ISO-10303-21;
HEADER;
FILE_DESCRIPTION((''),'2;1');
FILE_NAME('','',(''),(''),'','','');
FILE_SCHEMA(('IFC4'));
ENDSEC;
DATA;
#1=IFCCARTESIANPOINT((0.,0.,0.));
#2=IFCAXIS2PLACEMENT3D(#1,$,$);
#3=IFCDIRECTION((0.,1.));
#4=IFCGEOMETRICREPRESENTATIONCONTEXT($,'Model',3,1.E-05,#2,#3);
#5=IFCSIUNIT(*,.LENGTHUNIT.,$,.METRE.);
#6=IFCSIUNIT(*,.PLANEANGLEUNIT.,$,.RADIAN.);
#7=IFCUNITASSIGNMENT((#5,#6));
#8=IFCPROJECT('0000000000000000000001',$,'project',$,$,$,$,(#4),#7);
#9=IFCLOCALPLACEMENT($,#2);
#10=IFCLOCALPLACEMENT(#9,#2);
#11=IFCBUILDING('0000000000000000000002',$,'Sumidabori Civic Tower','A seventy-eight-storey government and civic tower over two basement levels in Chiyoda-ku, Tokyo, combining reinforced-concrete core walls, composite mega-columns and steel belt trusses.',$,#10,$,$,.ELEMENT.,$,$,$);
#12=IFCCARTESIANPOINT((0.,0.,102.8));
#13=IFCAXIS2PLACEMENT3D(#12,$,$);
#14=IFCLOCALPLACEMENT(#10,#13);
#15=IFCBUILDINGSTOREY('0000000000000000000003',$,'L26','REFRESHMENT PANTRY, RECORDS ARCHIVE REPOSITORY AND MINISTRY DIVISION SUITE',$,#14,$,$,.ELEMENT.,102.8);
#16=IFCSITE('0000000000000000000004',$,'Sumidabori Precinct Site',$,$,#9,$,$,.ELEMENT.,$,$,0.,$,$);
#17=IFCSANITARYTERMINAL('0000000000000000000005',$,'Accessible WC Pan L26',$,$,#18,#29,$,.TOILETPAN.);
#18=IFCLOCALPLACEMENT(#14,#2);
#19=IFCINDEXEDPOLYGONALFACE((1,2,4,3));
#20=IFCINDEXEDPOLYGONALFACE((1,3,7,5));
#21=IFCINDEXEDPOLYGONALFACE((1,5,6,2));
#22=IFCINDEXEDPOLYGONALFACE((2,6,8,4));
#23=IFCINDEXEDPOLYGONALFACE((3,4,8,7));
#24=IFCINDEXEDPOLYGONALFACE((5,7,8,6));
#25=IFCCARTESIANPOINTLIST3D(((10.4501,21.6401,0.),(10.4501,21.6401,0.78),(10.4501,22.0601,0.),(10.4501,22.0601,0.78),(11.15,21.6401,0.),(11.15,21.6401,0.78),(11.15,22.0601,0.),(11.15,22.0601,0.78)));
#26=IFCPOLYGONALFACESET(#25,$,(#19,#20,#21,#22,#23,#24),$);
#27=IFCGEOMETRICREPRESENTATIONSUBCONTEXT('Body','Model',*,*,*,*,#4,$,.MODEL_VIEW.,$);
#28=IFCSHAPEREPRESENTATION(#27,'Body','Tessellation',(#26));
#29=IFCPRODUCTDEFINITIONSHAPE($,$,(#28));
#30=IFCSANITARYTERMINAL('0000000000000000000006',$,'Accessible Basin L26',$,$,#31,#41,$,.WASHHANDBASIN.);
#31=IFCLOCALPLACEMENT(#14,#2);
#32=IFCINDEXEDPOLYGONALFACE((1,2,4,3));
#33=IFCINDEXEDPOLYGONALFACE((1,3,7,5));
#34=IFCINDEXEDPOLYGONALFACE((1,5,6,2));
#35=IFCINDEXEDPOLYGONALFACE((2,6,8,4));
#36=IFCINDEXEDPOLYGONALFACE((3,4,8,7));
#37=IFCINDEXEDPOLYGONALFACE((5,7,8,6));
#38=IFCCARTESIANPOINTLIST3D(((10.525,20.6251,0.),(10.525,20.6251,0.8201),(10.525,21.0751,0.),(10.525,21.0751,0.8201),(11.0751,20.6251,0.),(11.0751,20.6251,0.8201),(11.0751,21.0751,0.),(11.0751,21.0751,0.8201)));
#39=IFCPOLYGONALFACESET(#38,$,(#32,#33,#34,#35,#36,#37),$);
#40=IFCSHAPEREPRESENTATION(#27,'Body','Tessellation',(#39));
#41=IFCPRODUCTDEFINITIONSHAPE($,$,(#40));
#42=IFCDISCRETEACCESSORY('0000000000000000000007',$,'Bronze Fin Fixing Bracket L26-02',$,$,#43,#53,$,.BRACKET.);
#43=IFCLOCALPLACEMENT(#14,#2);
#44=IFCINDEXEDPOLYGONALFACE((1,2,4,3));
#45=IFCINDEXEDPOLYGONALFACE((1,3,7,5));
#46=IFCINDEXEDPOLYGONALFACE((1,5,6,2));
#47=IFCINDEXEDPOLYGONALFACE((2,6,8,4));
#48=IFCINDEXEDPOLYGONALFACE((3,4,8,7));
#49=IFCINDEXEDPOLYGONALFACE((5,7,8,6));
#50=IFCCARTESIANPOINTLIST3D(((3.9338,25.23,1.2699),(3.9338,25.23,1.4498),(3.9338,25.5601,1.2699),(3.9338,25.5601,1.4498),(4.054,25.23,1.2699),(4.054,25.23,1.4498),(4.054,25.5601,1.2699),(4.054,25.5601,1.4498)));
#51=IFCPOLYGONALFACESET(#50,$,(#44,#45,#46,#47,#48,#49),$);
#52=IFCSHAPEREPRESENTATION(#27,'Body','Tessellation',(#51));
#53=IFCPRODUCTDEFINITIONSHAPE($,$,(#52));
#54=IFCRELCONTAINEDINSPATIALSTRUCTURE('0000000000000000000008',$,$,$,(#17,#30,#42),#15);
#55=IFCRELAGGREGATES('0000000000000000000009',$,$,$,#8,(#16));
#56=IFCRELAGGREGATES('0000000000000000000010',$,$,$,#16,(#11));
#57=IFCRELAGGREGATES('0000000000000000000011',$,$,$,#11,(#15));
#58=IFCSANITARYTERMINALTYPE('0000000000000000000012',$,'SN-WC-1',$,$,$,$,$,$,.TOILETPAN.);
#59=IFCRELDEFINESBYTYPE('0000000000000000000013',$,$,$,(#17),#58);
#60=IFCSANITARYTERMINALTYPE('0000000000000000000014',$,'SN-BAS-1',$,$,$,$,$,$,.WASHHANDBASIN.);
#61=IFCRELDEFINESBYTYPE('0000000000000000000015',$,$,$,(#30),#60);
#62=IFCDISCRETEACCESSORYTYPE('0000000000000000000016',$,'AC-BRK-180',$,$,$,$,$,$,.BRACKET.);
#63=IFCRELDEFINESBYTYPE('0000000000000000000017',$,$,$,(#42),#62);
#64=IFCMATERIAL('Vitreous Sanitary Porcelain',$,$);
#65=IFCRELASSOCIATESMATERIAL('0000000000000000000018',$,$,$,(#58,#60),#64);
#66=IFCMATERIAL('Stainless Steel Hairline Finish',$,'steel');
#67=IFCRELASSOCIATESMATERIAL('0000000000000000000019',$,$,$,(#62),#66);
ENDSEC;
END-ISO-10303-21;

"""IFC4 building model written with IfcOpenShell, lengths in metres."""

from ifc_helpers import new_model, si_unit, direction, frame, origin, origin_2d, place, context, subcontext, project, spatial, rectangle, extrude, source, transform, mapped, material, material_profile, profile_set, type_object, element, save


model = new_model("IFC4")

# Units and contexts
model_context = context("Model", 3, precision=1e-05, world=origin(), true_north=direction((0.0, 1.0)))
body_context = subcontext(model_context, "Body", "Model", "MODEL_VIEW")
ifc_project = project(units=[si_unit("LENGTHUNIT", "METRE"), si_unit("PLANEANGLEUNIT", "RADIAN")], contexts=[model_context])

# Site, building, storey
site_placement = place(None, origin())
site = spatial("IfcSite", under=ifc_project, at=site_placement, Name="Sumidabori Precinct Site", CompositionType="ELEMENT", RefElevation=0.0)
building_placement = place(site_placement, origin())
building = spatial("IfcBuilding", under=site, at=building_placement, Name="Sumidabori Civic Tower", Description="A seventy-eight-storey government and civic tower over two basement levels in Chiyoda-ku, Tokyo, combining reinforced-concrete core walls, composite mega-columns and steel belt trusses.", CompositionType="ELEMENT")
storey_placement = place(building_placement, frame((0.0, 0.0, 102.8)))
storey = spatial("IfcBuildingStorey", under=building, at=storey_placement, Name="L26", Description="REFRESHMENT PANTRY, RECORDS ARCHIVE REPOSITORY AND MINISTRY DIVISION SUITE", CompositionType="ELEMENT", Elevation=102.8)

# Shared definitions
ifc_material_1 = material(Name="Stainless Steel Hairline Finish", Category="steel")

# Sanitary terminals
ifc_material_2 = material(Name="Vitreous Sanitary Porcelain")
sanitary_terminal_type_1 = type_object("IfcSanitaryTerminalType", Name="SN-WC-1", PredefinedType="TOILETPAN", material=ifc_material_2)
shared_shape_1 = source(origin(), body_context, "Body", "SweptSolid", [
    extrude(rectangle(XDim=0.7, YDim=0.4199, at=origin_2d()), origin(), (0.0, 0.0, 1.0), 0.78),
])
sanitary_terminal_1_placement = place(storey_placement, frame((10.8, 21.8501, 0.0), z_axis=(0.0, 0.0, 1.0), x_axis=(1.0, 0.0, 0.0)))
element("IfcSanitaryTerminal", 1, at=sanitary_terminal_1_placement, inside=storey, type_object=sanitary_terminal_type_1, Name="Accessible WC Pan L26", PredefinedType="TOILETPAN", context=body_context, shape_type="MappedRepresentation", body=[
    mapped(shared_shape_1, transform((0.0, 0.0, 0.0), x_axis=(1.0, 0.0, 0.0), y_axis=(0.0, 1.0, 0.0), z_axis=(0.0, 0.0, 1.0), scale=1.0)),
])
sanitary_terminal_type_2 = type_object("IfcSanitaryTerminalType", Name="SN-BAS-1", PredefinedType="WASHHANDBASIN", material=ifc_material_2)
shared_shape_2 = source(origin(), body_context, "Body", "SweptSolid", [
    extrude(rectangle(XDim=0.55, YDim=0.45, at=origin_2d()), origin(), (0.0, 0.0, 1.0), 0.8201),
])
sanitary_terminal_2_placement = place(storey_placement, frame((10.8, 20.8501, 0.0), z_axis=(0.0, 0.0, 1.0), x_axis=(1.0, 0.0, 0.0)))
element("IfcSanitaryTerminal", 2, at=sanitary_terminal_2_placement, inside=storey, type_object=sanitary_terminal_type_2, Name="Accessible Basin L26", PredefinedType="WASHHANDBASIN", context=body_context, shape_type="MappedRepresentation", body=[
    mapped(shared_shape_2, transform((0.0, 0.0, 0.0), x_axis=(1.0, 0.0, 0.0), y_axis=(0.0, 1.0, 0.0), z_axis=(0.0, 0.0, 1.0), scale=1.0)),
])

# Discrete accessory
ifc_material_profile_1 = material_profile(ifc_material_1, rectangle(XDim=0.1201, YDim=0.1799, at=origin_2d()), Name="STEEL BRACKET 180x120")
ifc_profile_set_1 = profile_set([ifc_material_profile_1], Name="Stainless Steel Hairline Finish")
discrete_accessory_type = type_object("IfcDiscreteAccessoryType", Name="AC-BRK-180", PredefinedType="BRACKET", material=ifc_profile_set_1)
shared_shape_3 = source(origin(), body_context, "Body", "SweptSolid", [
    extrude(rectangle(XDim=0.1201, YDim=0.1799, at=origin_2d()), origin(), (0.0, 0.0, 1.0), 0.3301),
])
discrete_accessory_placement = place(storey_placement, frame((3.9939, 25.23, 1.3599), z_axis=(0.0, 1.0, 0.0), x_axis=(-1.0, 0.0, 0.0)))
element("IfcDiscreteAccessory", 3, at=discrete_accessory_placement, inside=storey, type_object=discrete_accessory_type, Name="Bronze Fin Fixing Bracket L26-02", PredefinedType="BRACKET", context=body_context, shape_type="MappedRepresentation", body=[
    mapped(shared_shape_3, transform((0.0, 0.0, 0.0), x_axis=(1.0, 0.0, 0.0), y_axis=(0.0, 1.0, 0.0), z_axis=(0.0, 0.0, 1.0), scale=1.0)),
])

save(model, "model.ifc")
